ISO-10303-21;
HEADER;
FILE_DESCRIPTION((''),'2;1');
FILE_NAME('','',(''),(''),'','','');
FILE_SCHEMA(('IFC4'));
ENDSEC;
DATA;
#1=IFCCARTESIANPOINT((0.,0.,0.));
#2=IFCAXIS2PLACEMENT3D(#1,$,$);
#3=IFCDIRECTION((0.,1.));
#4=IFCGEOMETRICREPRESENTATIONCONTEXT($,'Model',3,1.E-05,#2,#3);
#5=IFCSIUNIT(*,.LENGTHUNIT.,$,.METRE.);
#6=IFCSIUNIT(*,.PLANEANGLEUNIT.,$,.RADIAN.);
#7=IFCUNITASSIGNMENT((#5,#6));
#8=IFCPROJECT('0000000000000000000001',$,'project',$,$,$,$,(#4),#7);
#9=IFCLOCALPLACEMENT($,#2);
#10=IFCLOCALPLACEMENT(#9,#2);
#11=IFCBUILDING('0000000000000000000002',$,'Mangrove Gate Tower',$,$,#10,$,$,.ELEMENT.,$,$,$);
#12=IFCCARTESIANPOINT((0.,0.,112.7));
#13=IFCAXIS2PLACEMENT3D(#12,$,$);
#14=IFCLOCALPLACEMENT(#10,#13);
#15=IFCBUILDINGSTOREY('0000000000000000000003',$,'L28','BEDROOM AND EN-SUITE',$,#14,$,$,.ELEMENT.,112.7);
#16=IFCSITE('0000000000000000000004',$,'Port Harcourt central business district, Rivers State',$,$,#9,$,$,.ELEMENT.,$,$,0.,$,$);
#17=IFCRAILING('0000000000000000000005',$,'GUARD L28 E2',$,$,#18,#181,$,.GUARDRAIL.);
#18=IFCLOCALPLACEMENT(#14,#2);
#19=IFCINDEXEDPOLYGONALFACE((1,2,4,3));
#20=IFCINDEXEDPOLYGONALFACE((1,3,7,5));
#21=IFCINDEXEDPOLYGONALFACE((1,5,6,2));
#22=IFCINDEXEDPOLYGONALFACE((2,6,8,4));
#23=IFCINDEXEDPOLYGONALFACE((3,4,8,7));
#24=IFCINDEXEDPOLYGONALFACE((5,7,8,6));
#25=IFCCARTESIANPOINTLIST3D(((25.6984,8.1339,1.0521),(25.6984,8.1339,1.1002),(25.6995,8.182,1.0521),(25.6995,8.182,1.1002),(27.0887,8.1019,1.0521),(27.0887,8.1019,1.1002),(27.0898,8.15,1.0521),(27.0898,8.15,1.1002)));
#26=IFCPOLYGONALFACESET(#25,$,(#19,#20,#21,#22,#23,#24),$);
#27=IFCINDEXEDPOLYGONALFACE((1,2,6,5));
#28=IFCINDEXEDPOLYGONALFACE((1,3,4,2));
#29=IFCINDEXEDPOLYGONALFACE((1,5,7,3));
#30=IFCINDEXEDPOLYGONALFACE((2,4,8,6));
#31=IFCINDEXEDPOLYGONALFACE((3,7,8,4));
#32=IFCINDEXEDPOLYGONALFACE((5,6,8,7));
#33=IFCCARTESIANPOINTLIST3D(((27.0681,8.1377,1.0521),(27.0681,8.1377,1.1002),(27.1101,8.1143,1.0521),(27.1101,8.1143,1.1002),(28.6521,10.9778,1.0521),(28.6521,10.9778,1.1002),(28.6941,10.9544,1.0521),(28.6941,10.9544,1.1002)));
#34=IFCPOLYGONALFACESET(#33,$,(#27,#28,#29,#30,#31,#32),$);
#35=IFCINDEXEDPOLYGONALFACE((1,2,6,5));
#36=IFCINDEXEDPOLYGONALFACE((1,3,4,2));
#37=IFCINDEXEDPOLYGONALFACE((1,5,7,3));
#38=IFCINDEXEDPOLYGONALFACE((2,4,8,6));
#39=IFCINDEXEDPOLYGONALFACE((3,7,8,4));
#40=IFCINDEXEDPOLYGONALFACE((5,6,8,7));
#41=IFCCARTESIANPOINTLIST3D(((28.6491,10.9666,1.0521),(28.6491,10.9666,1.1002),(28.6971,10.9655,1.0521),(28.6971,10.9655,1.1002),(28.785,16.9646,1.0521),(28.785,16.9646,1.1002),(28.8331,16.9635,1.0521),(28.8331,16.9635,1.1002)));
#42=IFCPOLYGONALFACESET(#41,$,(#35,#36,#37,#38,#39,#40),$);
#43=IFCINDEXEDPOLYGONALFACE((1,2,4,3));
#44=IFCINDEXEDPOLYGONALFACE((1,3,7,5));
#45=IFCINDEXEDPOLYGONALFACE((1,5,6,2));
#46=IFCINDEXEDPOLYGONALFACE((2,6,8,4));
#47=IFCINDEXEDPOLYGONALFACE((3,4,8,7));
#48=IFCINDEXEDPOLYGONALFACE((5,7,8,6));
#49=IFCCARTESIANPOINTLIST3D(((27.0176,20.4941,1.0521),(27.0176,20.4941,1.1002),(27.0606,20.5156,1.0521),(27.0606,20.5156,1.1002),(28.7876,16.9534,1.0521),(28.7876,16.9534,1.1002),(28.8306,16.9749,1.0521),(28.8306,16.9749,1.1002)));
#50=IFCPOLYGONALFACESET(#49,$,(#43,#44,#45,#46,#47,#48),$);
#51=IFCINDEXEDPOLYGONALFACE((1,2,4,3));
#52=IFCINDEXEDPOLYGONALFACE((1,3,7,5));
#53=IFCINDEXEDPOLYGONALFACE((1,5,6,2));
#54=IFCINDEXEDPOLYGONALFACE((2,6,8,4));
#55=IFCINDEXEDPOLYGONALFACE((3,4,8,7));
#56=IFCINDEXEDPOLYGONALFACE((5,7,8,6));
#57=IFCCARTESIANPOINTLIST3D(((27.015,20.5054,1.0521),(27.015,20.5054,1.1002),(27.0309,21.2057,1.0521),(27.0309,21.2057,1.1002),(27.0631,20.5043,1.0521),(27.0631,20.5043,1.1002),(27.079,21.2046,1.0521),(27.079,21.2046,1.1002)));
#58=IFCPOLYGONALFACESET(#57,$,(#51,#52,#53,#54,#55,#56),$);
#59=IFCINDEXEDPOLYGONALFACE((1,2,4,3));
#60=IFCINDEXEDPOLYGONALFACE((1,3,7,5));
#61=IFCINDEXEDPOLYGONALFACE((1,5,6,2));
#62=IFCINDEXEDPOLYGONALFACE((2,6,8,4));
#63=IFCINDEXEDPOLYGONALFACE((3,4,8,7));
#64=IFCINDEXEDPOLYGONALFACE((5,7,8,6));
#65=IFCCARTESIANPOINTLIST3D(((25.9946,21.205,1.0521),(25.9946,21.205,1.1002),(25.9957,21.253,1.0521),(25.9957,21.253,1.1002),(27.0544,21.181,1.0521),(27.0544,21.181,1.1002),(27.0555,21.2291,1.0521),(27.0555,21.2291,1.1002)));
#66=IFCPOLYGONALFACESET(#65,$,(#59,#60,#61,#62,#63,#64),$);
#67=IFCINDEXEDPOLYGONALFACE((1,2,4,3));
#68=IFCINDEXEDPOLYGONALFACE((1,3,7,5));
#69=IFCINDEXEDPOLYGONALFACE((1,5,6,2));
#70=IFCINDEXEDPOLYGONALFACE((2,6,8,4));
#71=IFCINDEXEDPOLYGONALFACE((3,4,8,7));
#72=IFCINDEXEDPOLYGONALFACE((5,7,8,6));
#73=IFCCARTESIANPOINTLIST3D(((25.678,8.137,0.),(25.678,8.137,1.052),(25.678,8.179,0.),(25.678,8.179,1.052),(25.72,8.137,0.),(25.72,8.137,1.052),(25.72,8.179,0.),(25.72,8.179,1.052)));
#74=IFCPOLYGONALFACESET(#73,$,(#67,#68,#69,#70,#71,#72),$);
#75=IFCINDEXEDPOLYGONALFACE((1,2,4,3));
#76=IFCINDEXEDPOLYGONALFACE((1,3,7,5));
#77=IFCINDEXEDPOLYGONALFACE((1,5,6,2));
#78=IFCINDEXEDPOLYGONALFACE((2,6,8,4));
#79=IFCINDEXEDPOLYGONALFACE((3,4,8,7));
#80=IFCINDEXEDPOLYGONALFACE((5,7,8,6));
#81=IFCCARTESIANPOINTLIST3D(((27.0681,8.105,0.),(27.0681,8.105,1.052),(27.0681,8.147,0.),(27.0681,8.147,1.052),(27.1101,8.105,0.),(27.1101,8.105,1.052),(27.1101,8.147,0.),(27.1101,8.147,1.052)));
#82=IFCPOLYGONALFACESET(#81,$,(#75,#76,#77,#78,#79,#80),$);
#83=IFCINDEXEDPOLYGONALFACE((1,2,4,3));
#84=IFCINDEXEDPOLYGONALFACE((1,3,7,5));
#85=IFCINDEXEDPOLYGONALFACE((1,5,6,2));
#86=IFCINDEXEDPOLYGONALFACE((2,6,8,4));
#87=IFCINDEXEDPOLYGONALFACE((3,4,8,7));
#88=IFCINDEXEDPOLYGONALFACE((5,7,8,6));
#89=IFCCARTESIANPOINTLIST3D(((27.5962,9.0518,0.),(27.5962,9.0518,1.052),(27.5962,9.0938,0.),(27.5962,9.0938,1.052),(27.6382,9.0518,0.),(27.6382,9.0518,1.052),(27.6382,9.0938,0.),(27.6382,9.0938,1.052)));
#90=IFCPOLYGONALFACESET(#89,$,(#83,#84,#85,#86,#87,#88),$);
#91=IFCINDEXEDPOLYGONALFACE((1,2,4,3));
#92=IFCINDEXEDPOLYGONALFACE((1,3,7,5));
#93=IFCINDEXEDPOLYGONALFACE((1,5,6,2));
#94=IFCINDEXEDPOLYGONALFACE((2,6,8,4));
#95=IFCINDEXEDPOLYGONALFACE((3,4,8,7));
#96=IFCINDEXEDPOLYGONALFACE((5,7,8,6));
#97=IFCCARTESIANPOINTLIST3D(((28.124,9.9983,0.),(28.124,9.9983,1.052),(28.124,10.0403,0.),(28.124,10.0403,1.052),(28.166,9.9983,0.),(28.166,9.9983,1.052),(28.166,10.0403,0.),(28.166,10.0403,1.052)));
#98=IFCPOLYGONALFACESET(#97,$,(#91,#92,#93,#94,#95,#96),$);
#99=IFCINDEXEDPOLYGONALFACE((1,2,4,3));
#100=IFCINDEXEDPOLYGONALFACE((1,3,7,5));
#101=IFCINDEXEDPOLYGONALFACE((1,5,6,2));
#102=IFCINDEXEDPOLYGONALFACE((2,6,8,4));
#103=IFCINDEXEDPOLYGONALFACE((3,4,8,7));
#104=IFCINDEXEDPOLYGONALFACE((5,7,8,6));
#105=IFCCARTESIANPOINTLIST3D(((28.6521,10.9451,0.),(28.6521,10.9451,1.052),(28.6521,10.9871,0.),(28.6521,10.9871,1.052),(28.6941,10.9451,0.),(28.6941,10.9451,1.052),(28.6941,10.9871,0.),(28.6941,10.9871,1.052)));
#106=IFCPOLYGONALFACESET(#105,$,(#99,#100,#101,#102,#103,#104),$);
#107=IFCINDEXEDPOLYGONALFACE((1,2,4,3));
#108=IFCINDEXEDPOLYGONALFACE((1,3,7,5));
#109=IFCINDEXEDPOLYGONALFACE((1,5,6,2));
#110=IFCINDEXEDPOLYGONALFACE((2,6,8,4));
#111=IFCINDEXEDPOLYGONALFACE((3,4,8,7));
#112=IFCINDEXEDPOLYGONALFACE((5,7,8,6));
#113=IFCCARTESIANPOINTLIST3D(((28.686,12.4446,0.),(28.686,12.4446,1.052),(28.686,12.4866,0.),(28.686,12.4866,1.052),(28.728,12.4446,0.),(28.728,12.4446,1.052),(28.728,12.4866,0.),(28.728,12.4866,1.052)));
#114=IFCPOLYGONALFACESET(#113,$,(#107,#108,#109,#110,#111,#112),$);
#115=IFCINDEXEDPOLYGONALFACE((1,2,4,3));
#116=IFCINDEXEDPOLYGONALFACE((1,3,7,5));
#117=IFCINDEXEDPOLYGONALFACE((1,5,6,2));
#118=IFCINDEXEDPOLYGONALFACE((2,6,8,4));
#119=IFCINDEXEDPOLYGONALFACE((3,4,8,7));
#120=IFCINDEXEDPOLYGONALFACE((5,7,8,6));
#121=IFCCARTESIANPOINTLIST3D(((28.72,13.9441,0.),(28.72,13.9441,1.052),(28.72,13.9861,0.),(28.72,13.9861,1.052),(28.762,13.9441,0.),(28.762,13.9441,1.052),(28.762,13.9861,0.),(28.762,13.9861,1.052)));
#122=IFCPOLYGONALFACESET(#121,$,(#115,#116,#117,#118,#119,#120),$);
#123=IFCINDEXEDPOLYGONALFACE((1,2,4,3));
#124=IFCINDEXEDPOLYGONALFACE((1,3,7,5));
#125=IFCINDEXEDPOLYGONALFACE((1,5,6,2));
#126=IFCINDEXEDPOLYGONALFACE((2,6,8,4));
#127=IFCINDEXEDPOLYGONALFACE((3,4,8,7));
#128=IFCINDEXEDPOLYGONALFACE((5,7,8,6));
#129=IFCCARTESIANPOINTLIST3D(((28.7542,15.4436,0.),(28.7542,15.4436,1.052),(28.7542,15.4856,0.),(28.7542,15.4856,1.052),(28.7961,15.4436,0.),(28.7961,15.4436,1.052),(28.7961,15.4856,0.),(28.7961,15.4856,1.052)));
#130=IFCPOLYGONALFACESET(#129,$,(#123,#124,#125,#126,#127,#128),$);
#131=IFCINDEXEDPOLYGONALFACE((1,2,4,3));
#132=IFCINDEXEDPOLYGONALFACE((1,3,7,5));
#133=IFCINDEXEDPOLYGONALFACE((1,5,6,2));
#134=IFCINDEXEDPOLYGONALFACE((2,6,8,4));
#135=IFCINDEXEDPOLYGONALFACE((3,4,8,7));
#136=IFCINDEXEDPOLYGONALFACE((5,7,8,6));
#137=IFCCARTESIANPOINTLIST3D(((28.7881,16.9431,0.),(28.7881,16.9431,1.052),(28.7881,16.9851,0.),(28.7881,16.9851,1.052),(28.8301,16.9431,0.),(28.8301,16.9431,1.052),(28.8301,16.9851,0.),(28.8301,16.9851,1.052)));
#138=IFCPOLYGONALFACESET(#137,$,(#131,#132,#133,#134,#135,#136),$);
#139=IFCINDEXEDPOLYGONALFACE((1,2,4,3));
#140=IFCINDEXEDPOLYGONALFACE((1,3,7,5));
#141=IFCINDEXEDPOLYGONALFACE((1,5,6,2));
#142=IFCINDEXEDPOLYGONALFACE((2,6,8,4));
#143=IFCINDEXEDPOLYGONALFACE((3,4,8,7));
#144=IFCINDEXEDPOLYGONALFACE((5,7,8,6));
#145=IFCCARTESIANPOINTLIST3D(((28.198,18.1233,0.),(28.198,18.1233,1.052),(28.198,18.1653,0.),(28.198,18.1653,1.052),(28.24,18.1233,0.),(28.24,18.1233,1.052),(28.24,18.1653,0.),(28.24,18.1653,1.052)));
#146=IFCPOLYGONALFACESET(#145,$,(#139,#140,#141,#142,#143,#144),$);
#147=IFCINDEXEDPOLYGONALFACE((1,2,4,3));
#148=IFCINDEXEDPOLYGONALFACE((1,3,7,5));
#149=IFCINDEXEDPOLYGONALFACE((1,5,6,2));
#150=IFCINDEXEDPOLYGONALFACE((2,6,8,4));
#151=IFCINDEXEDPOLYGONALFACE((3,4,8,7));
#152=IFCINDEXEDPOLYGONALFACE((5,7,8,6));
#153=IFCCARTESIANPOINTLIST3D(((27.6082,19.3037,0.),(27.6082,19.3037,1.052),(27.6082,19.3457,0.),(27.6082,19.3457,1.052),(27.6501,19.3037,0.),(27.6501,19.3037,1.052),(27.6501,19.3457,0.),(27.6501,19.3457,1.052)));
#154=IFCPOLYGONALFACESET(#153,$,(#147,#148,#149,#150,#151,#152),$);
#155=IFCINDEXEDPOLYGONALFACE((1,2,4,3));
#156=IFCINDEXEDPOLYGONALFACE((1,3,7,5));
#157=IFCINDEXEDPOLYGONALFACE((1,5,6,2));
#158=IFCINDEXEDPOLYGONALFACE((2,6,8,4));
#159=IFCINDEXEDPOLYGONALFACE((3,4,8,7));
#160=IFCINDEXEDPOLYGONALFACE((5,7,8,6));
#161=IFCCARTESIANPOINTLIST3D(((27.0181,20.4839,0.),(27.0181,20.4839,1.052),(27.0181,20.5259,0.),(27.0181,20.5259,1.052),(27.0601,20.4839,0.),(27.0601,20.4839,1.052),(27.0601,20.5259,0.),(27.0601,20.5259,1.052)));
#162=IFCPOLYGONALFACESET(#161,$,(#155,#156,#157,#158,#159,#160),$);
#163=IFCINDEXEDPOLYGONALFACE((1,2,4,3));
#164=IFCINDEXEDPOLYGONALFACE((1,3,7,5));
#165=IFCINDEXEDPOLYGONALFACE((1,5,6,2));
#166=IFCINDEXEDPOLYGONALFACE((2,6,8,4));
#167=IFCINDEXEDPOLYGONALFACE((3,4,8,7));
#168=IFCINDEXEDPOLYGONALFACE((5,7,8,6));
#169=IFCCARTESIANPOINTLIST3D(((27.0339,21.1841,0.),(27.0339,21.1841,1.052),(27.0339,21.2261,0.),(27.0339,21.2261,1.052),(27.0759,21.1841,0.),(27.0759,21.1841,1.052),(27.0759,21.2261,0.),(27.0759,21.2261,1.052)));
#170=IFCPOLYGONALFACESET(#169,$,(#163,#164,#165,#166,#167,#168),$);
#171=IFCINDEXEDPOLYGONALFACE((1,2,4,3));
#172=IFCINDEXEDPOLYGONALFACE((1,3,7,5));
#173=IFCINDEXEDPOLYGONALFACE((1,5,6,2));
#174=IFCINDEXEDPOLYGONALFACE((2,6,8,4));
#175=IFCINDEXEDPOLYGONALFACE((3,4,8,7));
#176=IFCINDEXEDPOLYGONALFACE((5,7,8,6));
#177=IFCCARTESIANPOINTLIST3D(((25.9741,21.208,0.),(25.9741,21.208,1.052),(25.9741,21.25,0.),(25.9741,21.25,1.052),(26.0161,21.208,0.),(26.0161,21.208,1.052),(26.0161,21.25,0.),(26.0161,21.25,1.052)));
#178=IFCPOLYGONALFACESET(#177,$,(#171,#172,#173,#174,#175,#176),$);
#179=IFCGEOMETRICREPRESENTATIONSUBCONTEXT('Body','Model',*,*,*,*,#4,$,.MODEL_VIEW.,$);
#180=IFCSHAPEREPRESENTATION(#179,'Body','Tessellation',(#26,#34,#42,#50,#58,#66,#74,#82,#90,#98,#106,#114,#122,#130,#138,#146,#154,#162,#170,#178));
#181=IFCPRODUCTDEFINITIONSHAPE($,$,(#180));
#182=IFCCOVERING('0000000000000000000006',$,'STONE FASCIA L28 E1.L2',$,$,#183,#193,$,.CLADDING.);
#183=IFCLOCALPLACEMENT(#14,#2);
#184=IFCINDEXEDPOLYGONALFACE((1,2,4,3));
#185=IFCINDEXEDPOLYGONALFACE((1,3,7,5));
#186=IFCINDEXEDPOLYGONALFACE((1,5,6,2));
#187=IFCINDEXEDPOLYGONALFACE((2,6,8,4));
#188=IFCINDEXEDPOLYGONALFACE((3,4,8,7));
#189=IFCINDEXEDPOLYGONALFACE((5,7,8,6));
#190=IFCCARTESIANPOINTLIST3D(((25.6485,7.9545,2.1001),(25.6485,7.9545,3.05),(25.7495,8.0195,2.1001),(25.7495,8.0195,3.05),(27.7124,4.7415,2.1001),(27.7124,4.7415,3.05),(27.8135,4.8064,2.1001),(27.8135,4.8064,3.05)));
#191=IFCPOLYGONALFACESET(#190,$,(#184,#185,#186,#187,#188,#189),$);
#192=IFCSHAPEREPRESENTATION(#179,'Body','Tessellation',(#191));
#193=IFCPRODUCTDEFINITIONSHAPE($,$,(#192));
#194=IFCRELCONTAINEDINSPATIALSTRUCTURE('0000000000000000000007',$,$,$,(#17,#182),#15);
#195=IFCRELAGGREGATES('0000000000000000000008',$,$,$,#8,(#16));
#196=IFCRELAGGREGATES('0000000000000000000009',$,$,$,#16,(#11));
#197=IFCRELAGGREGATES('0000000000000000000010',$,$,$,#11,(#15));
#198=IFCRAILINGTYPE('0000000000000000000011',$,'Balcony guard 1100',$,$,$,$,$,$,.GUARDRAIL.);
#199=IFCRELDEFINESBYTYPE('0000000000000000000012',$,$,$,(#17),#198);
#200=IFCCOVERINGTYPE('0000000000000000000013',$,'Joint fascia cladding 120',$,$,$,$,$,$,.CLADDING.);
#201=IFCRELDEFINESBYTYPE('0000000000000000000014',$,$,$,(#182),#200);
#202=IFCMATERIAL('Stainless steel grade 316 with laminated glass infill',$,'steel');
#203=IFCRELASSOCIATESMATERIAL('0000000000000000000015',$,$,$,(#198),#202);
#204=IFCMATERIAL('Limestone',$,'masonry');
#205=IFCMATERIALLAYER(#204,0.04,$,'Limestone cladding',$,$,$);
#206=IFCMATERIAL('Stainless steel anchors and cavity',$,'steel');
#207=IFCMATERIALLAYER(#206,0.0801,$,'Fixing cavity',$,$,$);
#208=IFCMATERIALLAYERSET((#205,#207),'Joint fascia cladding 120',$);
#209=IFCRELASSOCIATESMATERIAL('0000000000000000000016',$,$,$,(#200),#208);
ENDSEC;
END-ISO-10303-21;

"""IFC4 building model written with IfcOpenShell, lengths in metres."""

from ifc_helpers import new_model, si_unit, direction, frame, frame_2d, origin, origin_2d, place, context, subcontext, project, spatial, rectangle, extrude, material, layer, layer_set, type_object, element, save


model = new_model("IFC4")

# Units and contexts
model_context = context("Model", 3, precision=1e-05, world=origin(), true_north=direction((0.0, 1.0)))
body_context = subcontext(model_context, "Body", "Model", "MODEL_VIEW")
ifc_project = project(units=[si_unit("LENGTHUNIT", "METRE"), si_unit("PLANEANGLEUNIT", "RADIAN")], contexts=[model_context])

# Site, building, storey
site_placement = place(None, origin())
site = spatial("IfcSite", under=ifc_project, at=site_placement, Name="Port Harcourt central business district, Rivers State", CompositionType="ELEMENT", RefElevation=0.0)
building_placement = place(site_placement, origin())
building = spatial("IfcBuilding", under=site, at=building_placement, Name="Mangrove Gate Tower", CompositionType="ELEMENT")
storey_placement = place(building_placement, frame((0.0, 0.0, 112.7)))
storey = spatial("IfcBuildingStorey", under=building, at=storey_placement, Name="L28", Description="BEDROOM AND EN-SUITE", CompositionType="ELEMENT", Elevation=112.7)

# Shared definitions
ifc_material_1 = material(Name="Limestone", Category="masonry")

# Railing
ifc_material_2 = material(Name="Stainless steel grade 316 with laminated glass infill", Category="steel")
railing_type = type_object("IfcRailingType", Name="Balcony guard 1100", PredefinedType="GUARDRAIL", material=ifc_material_2)
railing_placement = place(storey_placement, frame((25.699, 8.158, 0.0)))
element("IfcRailing", 1, at=railing_placement, inside=storey, type_object=railing_type, Name="GUARD L28 E2", PredefinedType="GUARDRAIL", context=body_context, shape_type="SweptSolid", body=[
    extrude(rectangle(XDim=0.0481, YDim=0.0481, at=origin_2d()), frame((0.0, 0.0, 1.0762), z_axis=(0.999735, -0.023001, 0.0), x_axis=(0.023001, 0.999735, 0.0)), (0.0, 0.0, 1.0), 1.3906),
    extrude(rectangle(XDim=0.0481, YDim=0.0481, at=origin_2d()), frame((1.3901, -0.032, 1.0762), z_axis=(0.487089, 0.873352, 0.0), x_axis=(-0.873352, 0.487089, 0.0)), (0.0, 0.0, 1.0), 3.252),
    extrude(rectangle(XDim=0.0481, YDim=0.0481, at=origin_2d()), frame((2.9741, 2.8081, 1.0762), z_axis=(0.022666, 0.999743, 0.0), x_axis=(-0.999743, 0.022666, 0.0)), (0.0, 0.0, 1.0), 5.9995),
    extrude(rectangle(XDim=0.0481, YDim=0.0481, at=origin_2d()), frame((3.1101, 8.8062, 1.0762), z_axis=(-0.44714, 0.894464, 0.0), x_axis=(-0.894464, -0.44714, 0.0)), (0.0, 0.0, 1.0), 3.9585),
    extrude(rectangle(XDim=0.0481, YDim=0.0481, at=origin_2d()), frame((1.3401, 12.3469, 1.0762), z_axis=(0.022658, 0.999743, 0.0), x_axis=(-0.999743, 0.022658, 0.0)), (0.0, 0.0, 1.0), 0.7004),
    extrude(rectangle(XDim=0.0481, YDim=0.0481, at=origin_2d()), frame((1.356, 13.0471, 1.0762), z_axis=(-0.999745, 0.02257, 0.0), x_axis=(-0.02257, -0.999745, 0.0)), (0.0, 0.0, 1.0), 1.0601),
    extrude(rectangle(XDim=0.042, YDim=0.042, at=origin_2d()), origin(), (0.0, 0.0, 1.0), 1.052),
    extrude(rectangle(XDim=0.042, YDim=0.042, at=origin_2d()), frame((1.3901, -0.032, 0.0)), (0.0, 0.0, 1.0), 1.052),
    extrude(rectangle(XDim=0.042, YDim=0.042, at=origin_2d()), frame((1.9182, 0.9148, 0.0)), (0.0, 0.0, 1.0), 1.052),
    extrude(rectangle(XDim=0.042, YDim=0.042, at=origin_2d()), frame((2.446, 1.8613, 0.0)), (0.0, 0.0, 1.0), 1.052),
    extrude(rectangle(XDim=0.042, YDim=0.042, at=origin_2d()), frame((2.9741, 2.8081, 0.0)), (0.0, 0.0, 1.0), 1.052),
    extrude(rectangle(XDim=0.042, YDim=0.042, at=origin_2d()), frame((3.0081, 4.3076, 0.0)), (0.0, 0.0, 1.0), 1.052),
    extrude(rectangle(XDim=0.042, YDim=0.042, at=origin_2d()), frame((3.042, 5.8071, 0.0)), (0.0, 0.0, 1.0), 1.052),
    extrude(rectangle(XDim=0.042, YDim=0.042, at=origin_2d()), frame((3.0762, 7.3066, 0.0)), (0.0, 0.0, 1.0), 1.052),
    extrude(rectangle(XDim=0.042, YDim=0.042, at=origin_2d()), frame((3.1101, 8.8062, 0.0)), (0.0, 0.0, 1.0), 1.052),
    extrude(rectangle(XDim=0.042, YDim=0.042, at=origin_2d()), frame((2.52, 9.9863, 0.0)), (0.0, 0.0, 1.0), 1.052),
    extrude(rectangle(XDim=0.042, YDim=0.042, at=origin_2d()), frame((1.9302, 11.1667, 0.0)), (0.0, 0.0, 1.0), 1.052),
    extrude(rectangle(XDim=0.042, YDim=0.042, at=origin_2d()), frame((1.3401, 12.3469, 0.0)), (0.0, 0.0, 1.0), 1.052),
    extrude(rectangle(XDim=0.042, YDim=0.042, at=origin_2d()), frame((1.356, 13.0471, 0.0)), (0.0, 0.0, 1.0), 1.052),
    extrude(rectangle(XDim=0.042, YDim=0.042, at=origin_2d()), frame((0.2961, 13.071, 0.0)), (0.0, 0.0, 1.0), 1.052),
])

# Covering
ifc_layer_1 = layer(ifc_material_1, 0.04, Name="Limestone cladding")
ifc_material_3 = material(Name="Stainless steel anchors and cavity", Category="steel")
ifc_layer_2 = layer(ifc_material_3, 0.0801, Name="Fixing cavity")
ifc_layer_set_1 = layer_set([ifc_layer_1, ifc_layer_2], Name="Joint fascia cladding 120")
covering_type = type_object("IfcCoveringType", Name="Joint fascia cladding 120", PredefinedType="CLADDING", material=ifc_layer_set_1)
covering_placement = place(storey_placement, frame((27.7629, 4.7739, 2.1001), z_axis=(0.0, 0.0, 1.0), x_axis=(-0.540457, 0.841372, 0.0)))
element("IfcCovering", 2, at=covering_placement, inside=storey, type_object=covering_type, Name="STONE FASCIA L28 E1.L2", PredefinedType="CLADDING", context=body_context, shape_type="SweptSolid", body=[
    extrude(rectangle(XDim=3.8188, YDim=0.1201, at=frame_2d((1.9094, 0.0))), origin(), (0.0, 0.0, 1.0), 0.95),
])

save(model, "model.ifc")
